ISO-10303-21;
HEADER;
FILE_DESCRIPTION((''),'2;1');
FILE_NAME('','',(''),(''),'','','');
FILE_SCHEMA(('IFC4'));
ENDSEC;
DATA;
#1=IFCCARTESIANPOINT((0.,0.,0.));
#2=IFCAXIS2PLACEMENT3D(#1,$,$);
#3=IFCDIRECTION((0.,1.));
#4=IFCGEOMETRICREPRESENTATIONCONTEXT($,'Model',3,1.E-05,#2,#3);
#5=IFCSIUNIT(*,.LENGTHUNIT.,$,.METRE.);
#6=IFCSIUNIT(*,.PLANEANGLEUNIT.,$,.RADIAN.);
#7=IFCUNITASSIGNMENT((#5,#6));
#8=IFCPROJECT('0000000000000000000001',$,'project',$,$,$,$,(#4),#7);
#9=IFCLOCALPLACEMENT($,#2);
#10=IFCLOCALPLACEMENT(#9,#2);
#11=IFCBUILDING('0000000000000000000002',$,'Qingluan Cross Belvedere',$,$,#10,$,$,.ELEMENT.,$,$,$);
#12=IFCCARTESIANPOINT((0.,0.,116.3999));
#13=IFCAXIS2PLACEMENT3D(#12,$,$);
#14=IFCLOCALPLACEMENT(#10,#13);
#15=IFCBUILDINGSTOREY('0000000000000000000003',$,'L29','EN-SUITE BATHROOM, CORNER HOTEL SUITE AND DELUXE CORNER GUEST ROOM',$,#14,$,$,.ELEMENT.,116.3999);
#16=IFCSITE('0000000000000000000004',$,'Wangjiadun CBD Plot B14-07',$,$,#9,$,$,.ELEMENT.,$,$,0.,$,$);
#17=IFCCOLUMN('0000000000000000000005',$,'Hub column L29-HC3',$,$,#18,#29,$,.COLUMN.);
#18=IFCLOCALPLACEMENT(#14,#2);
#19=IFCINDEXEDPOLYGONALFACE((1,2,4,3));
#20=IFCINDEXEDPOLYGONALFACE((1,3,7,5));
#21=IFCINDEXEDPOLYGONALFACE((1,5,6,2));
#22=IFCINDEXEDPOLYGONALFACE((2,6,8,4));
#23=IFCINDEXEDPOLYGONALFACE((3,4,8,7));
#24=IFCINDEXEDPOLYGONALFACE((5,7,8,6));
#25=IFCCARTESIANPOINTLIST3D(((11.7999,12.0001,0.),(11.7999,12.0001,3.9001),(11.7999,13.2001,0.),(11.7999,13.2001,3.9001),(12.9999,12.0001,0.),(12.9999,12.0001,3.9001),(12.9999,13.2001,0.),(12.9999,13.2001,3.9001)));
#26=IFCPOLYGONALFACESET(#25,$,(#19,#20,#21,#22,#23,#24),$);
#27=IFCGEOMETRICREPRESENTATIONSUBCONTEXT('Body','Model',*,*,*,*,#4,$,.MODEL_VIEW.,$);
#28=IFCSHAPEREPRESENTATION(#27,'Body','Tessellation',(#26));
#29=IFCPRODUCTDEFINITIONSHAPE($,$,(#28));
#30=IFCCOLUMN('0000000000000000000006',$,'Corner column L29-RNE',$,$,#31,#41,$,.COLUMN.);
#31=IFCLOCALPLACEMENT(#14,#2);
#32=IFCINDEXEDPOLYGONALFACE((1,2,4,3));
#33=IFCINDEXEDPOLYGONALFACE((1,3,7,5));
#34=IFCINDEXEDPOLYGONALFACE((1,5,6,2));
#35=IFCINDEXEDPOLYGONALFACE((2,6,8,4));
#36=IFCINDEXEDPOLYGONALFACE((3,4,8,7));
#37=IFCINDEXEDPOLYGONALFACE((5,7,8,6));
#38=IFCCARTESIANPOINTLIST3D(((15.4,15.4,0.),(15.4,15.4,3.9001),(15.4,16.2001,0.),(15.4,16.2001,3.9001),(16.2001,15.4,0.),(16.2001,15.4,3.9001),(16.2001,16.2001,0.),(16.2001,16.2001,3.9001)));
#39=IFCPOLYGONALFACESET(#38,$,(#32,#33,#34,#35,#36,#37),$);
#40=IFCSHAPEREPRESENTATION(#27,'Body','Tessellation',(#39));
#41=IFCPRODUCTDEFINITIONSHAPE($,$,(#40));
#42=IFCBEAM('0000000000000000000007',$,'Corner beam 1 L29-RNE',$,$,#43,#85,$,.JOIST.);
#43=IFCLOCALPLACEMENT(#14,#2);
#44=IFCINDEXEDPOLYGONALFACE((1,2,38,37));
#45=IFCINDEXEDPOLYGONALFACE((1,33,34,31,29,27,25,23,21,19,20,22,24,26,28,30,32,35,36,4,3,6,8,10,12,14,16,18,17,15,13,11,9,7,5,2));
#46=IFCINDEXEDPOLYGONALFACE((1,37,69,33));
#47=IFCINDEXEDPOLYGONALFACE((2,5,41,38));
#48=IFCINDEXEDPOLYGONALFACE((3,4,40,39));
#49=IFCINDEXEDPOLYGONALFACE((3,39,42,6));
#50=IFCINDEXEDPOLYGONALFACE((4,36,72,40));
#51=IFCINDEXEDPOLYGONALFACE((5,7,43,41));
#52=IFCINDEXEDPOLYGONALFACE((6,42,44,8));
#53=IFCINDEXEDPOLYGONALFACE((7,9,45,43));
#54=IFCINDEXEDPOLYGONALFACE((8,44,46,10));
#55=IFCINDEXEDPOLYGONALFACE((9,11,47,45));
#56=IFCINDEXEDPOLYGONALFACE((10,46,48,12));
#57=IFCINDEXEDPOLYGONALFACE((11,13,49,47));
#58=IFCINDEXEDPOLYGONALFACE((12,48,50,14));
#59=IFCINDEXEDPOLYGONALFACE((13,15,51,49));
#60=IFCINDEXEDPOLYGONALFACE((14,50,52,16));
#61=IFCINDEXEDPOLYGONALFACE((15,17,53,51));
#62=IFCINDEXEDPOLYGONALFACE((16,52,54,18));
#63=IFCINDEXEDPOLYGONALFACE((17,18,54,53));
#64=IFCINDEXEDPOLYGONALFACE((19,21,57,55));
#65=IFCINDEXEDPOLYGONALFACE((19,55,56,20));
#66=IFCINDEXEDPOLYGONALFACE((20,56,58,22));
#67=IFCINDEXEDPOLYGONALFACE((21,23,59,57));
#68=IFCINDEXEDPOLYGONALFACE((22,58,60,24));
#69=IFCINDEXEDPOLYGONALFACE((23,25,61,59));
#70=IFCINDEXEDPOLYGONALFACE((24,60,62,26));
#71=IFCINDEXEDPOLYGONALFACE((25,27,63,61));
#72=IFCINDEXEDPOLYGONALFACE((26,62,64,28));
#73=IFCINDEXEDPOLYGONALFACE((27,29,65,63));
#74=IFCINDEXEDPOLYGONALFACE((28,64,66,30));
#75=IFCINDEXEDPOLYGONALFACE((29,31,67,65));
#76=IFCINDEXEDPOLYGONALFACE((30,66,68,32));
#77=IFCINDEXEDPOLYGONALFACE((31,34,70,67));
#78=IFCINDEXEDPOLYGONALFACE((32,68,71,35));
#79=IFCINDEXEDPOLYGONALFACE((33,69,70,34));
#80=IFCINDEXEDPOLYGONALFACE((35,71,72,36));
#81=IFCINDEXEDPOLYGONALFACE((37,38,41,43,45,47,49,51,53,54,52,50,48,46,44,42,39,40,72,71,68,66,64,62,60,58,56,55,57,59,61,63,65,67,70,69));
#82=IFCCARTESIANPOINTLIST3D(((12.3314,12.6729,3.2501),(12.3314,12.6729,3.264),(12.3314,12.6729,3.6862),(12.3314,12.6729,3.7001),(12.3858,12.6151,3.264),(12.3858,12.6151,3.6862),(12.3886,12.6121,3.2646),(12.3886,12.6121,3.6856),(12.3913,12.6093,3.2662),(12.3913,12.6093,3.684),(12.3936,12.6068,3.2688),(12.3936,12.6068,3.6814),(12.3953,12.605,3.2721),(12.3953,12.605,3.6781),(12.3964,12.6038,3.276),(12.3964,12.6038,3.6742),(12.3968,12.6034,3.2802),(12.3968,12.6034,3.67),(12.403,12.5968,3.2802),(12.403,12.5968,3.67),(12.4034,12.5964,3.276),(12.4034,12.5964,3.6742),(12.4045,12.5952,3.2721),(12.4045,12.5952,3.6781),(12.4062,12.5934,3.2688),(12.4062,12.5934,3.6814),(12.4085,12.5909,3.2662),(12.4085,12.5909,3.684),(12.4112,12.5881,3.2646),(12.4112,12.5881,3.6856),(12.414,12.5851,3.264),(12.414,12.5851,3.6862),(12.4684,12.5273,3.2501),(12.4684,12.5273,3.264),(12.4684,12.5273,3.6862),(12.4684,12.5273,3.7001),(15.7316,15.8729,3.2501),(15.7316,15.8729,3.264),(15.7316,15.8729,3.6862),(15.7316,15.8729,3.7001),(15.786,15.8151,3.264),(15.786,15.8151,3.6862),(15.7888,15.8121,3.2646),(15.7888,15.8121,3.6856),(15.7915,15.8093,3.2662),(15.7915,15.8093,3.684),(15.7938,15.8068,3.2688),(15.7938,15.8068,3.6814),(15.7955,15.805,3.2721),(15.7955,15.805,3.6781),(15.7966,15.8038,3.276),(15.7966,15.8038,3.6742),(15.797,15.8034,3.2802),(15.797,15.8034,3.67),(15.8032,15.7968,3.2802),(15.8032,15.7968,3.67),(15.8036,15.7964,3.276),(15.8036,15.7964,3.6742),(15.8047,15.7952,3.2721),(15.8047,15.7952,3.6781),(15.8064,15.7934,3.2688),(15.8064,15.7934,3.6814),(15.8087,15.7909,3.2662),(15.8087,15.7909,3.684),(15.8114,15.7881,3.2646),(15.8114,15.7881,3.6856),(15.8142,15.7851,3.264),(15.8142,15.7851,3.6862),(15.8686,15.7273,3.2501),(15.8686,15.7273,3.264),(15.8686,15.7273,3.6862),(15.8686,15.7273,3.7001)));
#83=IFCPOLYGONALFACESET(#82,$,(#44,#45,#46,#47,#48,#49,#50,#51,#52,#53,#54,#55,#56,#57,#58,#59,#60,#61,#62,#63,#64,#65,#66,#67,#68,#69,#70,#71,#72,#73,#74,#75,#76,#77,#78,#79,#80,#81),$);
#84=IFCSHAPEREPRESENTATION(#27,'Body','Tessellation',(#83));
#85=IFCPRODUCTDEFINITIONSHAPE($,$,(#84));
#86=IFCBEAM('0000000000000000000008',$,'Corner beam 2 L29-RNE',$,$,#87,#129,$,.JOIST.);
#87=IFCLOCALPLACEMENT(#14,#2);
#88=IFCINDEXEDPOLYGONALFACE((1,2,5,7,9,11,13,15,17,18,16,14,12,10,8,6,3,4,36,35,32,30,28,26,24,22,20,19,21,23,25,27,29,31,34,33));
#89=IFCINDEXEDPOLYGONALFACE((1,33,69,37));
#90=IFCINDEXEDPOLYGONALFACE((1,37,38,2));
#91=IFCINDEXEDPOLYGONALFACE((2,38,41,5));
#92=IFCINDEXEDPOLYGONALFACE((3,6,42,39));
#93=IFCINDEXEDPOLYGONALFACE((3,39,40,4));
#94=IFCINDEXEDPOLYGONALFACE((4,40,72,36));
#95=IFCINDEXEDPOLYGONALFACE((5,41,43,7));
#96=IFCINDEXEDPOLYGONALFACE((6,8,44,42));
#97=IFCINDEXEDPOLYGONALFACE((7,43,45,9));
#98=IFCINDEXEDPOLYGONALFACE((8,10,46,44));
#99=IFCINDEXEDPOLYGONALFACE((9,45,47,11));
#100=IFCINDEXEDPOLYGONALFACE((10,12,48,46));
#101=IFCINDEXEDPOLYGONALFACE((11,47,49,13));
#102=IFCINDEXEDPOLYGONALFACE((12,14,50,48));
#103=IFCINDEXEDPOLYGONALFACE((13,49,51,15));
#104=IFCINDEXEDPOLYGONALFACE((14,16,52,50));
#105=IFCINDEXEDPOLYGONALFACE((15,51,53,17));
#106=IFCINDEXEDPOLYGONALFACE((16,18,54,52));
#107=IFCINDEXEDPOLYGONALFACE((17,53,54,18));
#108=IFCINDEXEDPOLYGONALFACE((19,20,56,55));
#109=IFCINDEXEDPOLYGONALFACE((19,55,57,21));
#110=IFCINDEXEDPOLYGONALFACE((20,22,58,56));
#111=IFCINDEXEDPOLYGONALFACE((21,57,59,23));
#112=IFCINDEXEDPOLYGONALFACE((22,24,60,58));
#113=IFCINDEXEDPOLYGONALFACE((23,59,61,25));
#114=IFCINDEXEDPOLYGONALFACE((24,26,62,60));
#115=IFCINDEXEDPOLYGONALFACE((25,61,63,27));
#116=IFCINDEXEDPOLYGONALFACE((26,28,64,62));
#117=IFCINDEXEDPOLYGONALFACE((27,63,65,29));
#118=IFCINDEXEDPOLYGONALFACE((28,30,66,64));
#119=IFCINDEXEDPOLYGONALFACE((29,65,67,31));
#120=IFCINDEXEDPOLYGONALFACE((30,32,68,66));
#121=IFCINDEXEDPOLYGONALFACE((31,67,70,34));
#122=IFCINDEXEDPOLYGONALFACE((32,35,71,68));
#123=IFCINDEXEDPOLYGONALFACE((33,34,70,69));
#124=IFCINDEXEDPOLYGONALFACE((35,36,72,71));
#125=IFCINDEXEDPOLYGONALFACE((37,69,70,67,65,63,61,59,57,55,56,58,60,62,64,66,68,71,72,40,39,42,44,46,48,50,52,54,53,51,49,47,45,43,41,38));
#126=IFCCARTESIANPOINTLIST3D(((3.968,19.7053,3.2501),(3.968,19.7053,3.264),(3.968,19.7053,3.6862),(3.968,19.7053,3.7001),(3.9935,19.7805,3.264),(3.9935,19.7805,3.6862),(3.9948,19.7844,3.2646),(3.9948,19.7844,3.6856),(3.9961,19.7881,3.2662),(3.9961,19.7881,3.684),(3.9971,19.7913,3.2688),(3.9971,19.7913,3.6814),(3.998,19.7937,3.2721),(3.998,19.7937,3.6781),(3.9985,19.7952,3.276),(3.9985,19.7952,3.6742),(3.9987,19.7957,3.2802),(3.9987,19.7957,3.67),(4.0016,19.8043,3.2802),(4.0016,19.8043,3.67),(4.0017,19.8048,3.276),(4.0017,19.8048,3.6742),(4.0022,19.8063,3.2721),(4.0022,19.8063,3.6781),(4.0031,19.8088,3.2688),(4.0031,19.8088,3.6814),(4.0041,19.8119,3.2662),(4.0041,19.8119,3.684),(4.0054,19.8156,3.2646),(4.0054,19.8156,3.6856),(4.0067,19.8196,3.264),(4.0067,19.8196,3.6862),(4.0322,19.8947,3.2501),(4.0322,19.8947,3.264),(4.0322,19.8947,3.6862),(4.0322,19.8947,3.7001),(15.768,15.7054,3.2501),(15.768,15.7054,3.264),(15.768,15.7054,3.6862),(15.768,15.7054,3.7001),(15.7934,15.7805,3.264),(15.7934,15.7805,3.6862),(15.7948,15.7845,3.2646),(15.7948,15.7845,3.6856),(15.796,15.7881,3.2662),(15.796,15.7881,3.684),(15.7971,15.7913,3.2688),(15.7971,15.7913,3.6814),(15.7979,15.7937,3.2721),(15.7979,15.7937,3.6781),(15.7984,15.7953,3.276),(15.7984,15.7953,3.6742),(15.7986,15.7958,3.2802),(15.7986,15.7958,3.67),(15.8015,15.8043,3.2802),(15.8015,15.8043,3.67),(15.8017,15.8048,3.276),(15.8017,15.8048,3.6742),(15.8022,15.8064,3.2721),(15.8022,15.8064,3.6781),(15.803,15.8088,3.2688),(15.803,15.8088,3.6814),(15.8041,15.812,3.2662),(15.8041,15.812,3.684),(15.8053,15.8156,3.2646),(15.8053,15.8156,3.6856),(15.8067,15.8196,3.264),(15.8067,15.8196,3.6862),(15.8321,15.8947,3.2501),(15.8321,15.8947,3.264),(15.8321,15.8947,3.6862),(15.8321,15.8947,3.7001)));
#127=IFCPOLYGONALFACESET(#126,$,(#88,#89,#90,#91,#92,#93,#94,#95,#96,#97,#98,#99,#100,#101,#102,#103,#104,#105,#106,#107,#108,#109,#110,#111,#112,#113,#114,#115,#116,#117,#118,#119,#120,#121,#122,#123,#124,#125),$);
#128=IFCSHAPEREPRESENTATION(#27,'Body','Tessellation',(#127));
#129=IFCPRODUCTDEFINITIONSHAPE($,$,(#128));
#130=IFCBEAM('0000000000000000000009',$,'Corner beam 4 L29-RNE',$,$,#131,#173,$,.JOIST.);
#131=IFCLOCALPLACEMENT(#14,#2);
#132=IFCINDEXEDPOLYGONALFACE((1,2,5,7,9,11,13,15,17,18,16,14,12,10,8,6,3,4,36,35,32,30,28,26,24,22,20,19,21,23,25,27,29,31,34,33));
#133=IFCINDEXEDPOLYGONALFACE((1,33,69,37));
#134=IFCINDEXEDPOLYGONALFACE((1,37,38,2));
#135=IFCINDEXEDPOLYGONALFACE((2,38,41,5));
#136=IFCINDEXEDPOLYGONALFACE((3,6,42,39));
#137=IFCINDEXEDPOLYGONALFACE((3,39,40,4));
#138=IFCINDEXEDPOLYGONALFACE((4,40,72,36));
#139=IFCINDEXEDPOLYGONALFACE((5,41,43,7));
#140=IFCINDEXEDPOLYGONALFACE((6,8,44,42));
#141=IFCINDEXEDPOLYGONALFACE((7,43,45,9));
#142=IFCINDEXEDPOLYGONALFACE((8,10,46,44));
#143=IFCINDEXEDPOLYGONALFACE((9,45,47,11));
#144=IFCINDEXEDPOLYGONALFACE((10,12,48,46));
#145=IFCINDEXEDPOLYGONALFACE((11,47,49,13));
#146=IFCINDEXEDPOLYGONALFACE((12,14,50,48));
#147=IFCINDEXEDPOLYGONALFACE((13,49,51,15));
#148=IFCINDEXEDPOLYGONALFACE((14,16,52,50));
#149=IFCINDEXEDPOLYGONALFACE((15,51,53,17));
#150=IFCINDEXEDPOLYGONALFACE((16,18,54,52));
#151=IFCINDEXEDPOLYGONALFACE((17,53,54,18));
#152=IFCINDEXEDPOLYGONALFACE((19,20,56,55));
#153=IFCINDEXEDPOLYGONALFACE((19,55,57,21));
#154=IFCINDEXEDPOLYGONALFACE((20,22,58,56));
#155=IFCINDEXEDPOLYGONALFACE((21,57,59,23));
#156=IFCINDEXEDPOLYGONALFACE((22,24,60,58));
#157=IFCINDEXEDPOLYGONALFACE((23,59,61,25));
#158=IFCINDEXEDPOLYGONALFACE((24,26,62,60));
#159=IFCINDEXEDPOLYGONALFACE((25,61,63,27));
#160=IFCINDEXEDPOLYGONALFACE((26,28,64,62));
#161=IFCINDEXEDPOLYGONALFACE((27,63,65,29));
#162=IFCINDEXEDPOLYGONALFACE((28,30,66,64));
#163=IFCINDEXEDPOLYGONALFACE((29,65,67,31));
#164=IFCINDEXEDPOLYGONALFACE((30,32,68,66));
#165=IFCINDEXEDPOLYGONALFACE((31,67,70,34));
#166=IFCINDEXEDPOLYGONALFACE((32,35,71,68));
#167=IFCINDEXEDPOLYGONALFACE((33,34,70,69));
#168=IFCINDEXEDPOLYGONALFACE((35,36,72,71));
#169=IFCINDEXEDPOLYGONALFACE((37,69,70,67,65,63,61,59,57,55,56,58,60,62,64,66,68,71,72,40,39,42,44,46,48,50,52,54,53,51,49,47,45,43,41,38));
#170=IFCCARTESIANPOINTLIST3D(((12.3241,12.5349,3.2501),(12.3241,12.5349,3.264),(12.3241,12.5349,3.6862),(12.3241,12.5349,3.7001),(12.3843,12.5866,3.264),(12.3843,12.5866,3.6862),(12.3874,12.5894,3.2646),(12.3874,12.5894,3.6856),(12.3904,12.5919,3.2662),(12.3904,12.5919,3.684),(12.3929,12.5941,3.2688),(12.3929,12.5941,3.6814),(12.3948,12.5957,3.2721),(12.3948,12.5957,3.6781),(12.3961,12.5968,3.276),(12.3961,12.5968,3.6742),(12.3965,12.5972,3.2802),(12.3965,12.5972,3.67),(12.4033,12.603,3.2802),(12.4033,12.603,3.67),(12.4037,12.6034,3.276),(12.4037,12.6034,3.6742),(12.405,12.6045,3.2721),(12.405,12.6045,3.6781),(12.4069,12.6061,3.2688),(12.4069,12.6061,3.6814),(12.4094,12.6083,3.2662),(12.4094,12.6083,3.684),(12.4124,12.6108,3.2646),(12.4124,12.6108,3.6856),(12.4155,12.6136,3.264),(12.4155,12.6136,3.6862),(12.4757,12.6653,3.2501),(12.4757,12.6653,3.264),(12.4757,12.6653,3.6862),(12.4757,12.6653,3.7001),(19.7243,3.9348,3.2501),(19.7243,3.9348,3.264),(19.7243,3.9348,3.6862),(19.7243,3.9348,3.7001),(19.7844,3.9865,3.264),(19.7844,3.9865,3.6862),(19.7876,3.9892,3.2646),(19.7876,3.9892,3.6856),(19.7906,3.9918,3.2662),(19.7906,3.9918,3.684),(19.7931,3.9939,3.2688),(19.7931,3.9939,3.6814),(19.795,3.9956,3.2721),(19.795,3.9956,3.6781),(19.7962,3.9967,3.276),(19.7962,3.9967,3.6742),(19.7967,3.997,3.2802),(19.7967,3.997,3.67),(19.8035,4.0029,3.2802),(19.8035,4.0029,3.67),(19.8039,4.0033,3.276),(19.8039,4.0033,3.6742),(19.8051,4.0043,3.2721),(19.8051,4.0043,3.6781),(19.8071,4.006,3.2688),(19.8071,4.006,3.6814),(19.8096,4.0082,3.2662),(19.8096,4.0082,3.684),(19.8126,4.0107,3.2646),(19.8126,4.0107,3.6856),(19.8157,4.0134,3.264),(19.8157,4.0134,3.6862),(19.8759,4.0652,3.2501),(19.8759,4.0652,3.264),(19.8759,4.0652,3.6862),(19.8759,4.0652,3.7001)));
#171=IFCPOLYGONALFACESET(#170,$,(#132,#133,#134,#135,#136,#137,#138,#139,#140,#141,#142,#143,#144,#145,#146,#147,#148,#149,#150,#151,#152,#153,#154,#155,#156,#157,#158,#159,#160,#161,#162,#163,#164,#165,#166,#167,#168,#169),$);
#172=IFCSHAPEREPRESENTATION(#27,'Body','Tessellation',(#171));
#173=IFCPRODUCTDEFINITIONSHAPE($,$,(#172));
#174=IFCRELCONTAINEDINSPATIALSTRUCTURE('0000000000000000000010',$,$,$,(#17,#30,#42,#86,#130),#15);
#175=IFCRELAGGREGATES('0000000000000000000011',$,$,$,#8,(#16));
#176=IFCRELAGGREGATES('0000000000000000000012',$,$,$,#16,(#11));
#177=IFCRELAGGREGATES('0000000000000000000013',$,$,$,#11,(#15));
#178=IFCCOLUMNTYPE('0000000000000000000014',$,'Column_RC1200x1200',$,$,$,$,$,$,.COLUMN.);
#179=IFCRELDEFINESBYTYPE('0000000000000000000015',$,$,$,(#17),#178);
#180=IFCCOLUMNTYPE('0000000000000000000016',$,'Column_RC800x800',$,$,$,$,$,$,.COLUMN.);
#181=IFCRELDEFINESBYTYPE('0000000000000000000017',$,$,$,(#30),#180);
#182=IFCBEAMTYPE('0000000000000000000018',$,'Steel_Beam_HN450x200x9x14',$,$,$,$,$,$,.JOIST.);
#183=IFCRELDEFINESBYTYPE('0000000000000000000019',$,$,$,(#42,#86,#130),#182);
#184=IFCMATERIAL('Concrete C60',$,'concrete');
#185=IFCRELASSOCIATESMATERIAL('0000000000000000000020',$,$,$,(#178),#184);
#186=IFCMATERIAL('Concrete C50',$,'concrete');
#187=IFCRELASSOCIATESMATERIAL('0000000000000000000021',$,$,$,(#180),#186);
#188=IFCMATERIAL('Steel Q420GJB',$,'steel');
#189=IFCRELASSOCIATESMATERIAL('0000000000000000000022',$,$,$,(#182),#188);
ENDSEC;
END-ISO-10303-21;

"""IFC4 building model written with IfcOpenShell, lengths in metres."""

from ifc_helpers import new_model, si_unit, direction, frame, origin, origin_2d, place, context, subcontext, project, spatial, rectangle, i_section, extrude, material, material_profile, profile_set, type_object, element, save


model = new_model("IFC4")

# Units and contexts
model_context = context("Model", 3, precision=1e-05, world=origin(), true_north=direction((0.0, 1.0)))
body_context = subcontext(model_context, "Body", "Model", "MODEL_VIEW")
ifc_project = project(units=[si_unit("LENGTHUNIT", "METRE"), si_unit("PLANEANGLEUNIT", "RADIAN")], contexts=[model_context])

# Site, building, storey
site_placement = place(None, origin())
site = spatial("IfcSite", under=ifc_project, at=site_placement, Name="Wangjiadun CBD Plot B14-07", CompositionType="ELEMENT", RefElevation=0.0)
building_placement = place(site_placement, origin())
building = spatial("IfcBuilding", under=site, at=building_placement, Name="Qingluan Cross Belvedere", CompositionType="ELEMENT")
storey_placement = place(building_placement, frame((0.0, 0.0, 116.3999)))
storey = spatial("IfcBuildingStorey", under=building, at=storey_placement, Name="L29", Description="EN-SUITE BATHROOM, CORNER HOTEL SUITE AND DELUXE CORNER GUEST ROOM", CompositionType="ELEMENT", Elevation=116.3999)

# Columns
ifc_material_1 = material(Name="Concrete C60", Category="concrete")
ifc_material_profile_1 = material_profile(ifc_material_1, rectangle(XDim=1.2, YDim=1.2, at=origin_2d()), Name="RC1200x1200")
ifc_profile_set_1 = profile_set([ifc_material_profile_1], Name="Concrete C60")
column_type_1 = type_object("IfcColumnType", Name="Column_RC1200x1200", PredefinedType="COLUMN", material=ifc_profile_set_1)
column_1_placement = place(storey_placement, frame((12.3999, 12.6001, 0.0), z_axis=(0.0, 0.0, 1.0), x_axis=(1.0, 0.0, 0.0)))
element("IfcColumn", 1, at=column_1_placement, inside=storey, type_object=column_type_1, Name="Hub column L29-HC3", PredefinedType="COLUMN", context=body_context, shape_type="SweptSolid", body=[
    extrude(rectangle(XDim=1.2, YDim=1.2, at=origin_2d()), origin(), (0.0, 0.0, 1.0), 3.9001),
])
ifc_material_2 = material(Name="Concrete C50", Category="concrete")
ifc_material_profile_2 = material_profile(ifc_material_2, rectangle(XDim=0.8, YDim=0.8, at=origin_2d()), Name="RC800x800")
ifc_profile_set_2 = profile_set([ifc_material_profile_2], Name="Concrete C50")
column_type_2 = type_object("IfcColumnType", Name="Column_RC800x800", PredefinedType="COLUMN", material=ifc_profile_set_2)
column_2_placement = place(storey_placement, frame((15.8, 15.8, 0.0), z_axis=(0.0, 0.0, 1.0), x_axis=(1.0, 0.0, 0.0)))
element("IfcColumn", 2, at=column_2_placement, inside=storey, type_object=column_type_2, Name="Corner column L29-RNE", PredefinedType="COLUMN", context=body_context, shape_type="SweptSolid", body=[
    extrude(rectangle(XDim=0.8, YDim=0.8, at=origin_2d()), origin(), (0.0, 0.0, 1.0), 3.9001),
])

# Beams
ifc_material_3 = material(Name="Steel Q420GJB", Category="steel")
ifc_material_profile_3 = material_profile(ifc_material_3, i_section(OverallWidth=0.2, OverallDepth=0.45, WebThickness=0.009, FlangeThickness=0.0139, FilletRadius=0.0161, at=origin_2d()), Name="HN450x200x9x14")
ifc_profile_set_3 = profile_set([ifc_material_profile_3], Name="Steel Q420GJB")
beam_type_1 = type_object("IfcBeamType", Name="Steel_Beam_HN450x200x9x14", PredefinedType="JOIST", material=ifc_profile_set_3)
beam_1_placement = place(storey_placement, frame((12.3999, 12.6001, 3.4751), z_axis=(0.72822, 0.685343, 0.0), x_axis=(-0.685343, 0.72822, 0.0)))
element("IfcBeam", 3, at=beam_1_placement, inside=storey, type_object=beam_type_1, Name="Corner beam 1 L29-RNE", PredefinedType="JOIST", context=body_context, shape_type="SweptSolid", body=[
    extrude(i_section(OverallWidth=0.2, OverallDepth=0.45, WebThickness=0.009, FlangeThickness=0.0139, FilletRadius=0.0161, at=origin_2d()), origin(), (0.0, 0.0, 1.0), 4.6692),
])
beam_2_placement = place(storey_placement, frame((15.8, 15.8, 3.4751), z_axis=(-0.947066, 0.321038, 0.0), x_axis=(-0.321038, -0.947066, 0.0)))
element("IfcBeam", 4, at=beam_2_placement, inside=storey, type_object=beam_type_1, Name="Corner beam 2 L29-RNE", PredefinedType="JOIST", context=body_context, shape_type="SweptSolid", body=[
    extrude(i_section(OverallWidth=0.2, OverallDepth=0.45, WebThickness=0.009, FlangeThickness=0.0139, FilletRadius=0.0161, at=origin_2d()), origin(), (0.0, 0.0, 1.0), 12.4595),
])
beam_3_placement = place(storey_placement, frame((12.3999, 12.6001, 3.4751), z_axis=(0.652245, -0.758008, 0.0), x_axis=(0.758008, 0.652245, 0.0)))
element("IfcBeam", 5, at=beam_3_placement, inside=storey, type_object=beam_type_1, Name="Corner beam 4 L29-RNE", PredefinedType="JOIST", context=body_context, shape_type="SweptSolid", body=[
    extrude(i_section(OverallWidth=0.2, OverallDepth=0.45, WebThickness=0.009, FlangeThickness=0.0139, FilletRadius=0.0161, at=origin_2d()), origin(), (0.0, 0.0, 1.0), 11.3457),
])

save(model, "model.ifc")
